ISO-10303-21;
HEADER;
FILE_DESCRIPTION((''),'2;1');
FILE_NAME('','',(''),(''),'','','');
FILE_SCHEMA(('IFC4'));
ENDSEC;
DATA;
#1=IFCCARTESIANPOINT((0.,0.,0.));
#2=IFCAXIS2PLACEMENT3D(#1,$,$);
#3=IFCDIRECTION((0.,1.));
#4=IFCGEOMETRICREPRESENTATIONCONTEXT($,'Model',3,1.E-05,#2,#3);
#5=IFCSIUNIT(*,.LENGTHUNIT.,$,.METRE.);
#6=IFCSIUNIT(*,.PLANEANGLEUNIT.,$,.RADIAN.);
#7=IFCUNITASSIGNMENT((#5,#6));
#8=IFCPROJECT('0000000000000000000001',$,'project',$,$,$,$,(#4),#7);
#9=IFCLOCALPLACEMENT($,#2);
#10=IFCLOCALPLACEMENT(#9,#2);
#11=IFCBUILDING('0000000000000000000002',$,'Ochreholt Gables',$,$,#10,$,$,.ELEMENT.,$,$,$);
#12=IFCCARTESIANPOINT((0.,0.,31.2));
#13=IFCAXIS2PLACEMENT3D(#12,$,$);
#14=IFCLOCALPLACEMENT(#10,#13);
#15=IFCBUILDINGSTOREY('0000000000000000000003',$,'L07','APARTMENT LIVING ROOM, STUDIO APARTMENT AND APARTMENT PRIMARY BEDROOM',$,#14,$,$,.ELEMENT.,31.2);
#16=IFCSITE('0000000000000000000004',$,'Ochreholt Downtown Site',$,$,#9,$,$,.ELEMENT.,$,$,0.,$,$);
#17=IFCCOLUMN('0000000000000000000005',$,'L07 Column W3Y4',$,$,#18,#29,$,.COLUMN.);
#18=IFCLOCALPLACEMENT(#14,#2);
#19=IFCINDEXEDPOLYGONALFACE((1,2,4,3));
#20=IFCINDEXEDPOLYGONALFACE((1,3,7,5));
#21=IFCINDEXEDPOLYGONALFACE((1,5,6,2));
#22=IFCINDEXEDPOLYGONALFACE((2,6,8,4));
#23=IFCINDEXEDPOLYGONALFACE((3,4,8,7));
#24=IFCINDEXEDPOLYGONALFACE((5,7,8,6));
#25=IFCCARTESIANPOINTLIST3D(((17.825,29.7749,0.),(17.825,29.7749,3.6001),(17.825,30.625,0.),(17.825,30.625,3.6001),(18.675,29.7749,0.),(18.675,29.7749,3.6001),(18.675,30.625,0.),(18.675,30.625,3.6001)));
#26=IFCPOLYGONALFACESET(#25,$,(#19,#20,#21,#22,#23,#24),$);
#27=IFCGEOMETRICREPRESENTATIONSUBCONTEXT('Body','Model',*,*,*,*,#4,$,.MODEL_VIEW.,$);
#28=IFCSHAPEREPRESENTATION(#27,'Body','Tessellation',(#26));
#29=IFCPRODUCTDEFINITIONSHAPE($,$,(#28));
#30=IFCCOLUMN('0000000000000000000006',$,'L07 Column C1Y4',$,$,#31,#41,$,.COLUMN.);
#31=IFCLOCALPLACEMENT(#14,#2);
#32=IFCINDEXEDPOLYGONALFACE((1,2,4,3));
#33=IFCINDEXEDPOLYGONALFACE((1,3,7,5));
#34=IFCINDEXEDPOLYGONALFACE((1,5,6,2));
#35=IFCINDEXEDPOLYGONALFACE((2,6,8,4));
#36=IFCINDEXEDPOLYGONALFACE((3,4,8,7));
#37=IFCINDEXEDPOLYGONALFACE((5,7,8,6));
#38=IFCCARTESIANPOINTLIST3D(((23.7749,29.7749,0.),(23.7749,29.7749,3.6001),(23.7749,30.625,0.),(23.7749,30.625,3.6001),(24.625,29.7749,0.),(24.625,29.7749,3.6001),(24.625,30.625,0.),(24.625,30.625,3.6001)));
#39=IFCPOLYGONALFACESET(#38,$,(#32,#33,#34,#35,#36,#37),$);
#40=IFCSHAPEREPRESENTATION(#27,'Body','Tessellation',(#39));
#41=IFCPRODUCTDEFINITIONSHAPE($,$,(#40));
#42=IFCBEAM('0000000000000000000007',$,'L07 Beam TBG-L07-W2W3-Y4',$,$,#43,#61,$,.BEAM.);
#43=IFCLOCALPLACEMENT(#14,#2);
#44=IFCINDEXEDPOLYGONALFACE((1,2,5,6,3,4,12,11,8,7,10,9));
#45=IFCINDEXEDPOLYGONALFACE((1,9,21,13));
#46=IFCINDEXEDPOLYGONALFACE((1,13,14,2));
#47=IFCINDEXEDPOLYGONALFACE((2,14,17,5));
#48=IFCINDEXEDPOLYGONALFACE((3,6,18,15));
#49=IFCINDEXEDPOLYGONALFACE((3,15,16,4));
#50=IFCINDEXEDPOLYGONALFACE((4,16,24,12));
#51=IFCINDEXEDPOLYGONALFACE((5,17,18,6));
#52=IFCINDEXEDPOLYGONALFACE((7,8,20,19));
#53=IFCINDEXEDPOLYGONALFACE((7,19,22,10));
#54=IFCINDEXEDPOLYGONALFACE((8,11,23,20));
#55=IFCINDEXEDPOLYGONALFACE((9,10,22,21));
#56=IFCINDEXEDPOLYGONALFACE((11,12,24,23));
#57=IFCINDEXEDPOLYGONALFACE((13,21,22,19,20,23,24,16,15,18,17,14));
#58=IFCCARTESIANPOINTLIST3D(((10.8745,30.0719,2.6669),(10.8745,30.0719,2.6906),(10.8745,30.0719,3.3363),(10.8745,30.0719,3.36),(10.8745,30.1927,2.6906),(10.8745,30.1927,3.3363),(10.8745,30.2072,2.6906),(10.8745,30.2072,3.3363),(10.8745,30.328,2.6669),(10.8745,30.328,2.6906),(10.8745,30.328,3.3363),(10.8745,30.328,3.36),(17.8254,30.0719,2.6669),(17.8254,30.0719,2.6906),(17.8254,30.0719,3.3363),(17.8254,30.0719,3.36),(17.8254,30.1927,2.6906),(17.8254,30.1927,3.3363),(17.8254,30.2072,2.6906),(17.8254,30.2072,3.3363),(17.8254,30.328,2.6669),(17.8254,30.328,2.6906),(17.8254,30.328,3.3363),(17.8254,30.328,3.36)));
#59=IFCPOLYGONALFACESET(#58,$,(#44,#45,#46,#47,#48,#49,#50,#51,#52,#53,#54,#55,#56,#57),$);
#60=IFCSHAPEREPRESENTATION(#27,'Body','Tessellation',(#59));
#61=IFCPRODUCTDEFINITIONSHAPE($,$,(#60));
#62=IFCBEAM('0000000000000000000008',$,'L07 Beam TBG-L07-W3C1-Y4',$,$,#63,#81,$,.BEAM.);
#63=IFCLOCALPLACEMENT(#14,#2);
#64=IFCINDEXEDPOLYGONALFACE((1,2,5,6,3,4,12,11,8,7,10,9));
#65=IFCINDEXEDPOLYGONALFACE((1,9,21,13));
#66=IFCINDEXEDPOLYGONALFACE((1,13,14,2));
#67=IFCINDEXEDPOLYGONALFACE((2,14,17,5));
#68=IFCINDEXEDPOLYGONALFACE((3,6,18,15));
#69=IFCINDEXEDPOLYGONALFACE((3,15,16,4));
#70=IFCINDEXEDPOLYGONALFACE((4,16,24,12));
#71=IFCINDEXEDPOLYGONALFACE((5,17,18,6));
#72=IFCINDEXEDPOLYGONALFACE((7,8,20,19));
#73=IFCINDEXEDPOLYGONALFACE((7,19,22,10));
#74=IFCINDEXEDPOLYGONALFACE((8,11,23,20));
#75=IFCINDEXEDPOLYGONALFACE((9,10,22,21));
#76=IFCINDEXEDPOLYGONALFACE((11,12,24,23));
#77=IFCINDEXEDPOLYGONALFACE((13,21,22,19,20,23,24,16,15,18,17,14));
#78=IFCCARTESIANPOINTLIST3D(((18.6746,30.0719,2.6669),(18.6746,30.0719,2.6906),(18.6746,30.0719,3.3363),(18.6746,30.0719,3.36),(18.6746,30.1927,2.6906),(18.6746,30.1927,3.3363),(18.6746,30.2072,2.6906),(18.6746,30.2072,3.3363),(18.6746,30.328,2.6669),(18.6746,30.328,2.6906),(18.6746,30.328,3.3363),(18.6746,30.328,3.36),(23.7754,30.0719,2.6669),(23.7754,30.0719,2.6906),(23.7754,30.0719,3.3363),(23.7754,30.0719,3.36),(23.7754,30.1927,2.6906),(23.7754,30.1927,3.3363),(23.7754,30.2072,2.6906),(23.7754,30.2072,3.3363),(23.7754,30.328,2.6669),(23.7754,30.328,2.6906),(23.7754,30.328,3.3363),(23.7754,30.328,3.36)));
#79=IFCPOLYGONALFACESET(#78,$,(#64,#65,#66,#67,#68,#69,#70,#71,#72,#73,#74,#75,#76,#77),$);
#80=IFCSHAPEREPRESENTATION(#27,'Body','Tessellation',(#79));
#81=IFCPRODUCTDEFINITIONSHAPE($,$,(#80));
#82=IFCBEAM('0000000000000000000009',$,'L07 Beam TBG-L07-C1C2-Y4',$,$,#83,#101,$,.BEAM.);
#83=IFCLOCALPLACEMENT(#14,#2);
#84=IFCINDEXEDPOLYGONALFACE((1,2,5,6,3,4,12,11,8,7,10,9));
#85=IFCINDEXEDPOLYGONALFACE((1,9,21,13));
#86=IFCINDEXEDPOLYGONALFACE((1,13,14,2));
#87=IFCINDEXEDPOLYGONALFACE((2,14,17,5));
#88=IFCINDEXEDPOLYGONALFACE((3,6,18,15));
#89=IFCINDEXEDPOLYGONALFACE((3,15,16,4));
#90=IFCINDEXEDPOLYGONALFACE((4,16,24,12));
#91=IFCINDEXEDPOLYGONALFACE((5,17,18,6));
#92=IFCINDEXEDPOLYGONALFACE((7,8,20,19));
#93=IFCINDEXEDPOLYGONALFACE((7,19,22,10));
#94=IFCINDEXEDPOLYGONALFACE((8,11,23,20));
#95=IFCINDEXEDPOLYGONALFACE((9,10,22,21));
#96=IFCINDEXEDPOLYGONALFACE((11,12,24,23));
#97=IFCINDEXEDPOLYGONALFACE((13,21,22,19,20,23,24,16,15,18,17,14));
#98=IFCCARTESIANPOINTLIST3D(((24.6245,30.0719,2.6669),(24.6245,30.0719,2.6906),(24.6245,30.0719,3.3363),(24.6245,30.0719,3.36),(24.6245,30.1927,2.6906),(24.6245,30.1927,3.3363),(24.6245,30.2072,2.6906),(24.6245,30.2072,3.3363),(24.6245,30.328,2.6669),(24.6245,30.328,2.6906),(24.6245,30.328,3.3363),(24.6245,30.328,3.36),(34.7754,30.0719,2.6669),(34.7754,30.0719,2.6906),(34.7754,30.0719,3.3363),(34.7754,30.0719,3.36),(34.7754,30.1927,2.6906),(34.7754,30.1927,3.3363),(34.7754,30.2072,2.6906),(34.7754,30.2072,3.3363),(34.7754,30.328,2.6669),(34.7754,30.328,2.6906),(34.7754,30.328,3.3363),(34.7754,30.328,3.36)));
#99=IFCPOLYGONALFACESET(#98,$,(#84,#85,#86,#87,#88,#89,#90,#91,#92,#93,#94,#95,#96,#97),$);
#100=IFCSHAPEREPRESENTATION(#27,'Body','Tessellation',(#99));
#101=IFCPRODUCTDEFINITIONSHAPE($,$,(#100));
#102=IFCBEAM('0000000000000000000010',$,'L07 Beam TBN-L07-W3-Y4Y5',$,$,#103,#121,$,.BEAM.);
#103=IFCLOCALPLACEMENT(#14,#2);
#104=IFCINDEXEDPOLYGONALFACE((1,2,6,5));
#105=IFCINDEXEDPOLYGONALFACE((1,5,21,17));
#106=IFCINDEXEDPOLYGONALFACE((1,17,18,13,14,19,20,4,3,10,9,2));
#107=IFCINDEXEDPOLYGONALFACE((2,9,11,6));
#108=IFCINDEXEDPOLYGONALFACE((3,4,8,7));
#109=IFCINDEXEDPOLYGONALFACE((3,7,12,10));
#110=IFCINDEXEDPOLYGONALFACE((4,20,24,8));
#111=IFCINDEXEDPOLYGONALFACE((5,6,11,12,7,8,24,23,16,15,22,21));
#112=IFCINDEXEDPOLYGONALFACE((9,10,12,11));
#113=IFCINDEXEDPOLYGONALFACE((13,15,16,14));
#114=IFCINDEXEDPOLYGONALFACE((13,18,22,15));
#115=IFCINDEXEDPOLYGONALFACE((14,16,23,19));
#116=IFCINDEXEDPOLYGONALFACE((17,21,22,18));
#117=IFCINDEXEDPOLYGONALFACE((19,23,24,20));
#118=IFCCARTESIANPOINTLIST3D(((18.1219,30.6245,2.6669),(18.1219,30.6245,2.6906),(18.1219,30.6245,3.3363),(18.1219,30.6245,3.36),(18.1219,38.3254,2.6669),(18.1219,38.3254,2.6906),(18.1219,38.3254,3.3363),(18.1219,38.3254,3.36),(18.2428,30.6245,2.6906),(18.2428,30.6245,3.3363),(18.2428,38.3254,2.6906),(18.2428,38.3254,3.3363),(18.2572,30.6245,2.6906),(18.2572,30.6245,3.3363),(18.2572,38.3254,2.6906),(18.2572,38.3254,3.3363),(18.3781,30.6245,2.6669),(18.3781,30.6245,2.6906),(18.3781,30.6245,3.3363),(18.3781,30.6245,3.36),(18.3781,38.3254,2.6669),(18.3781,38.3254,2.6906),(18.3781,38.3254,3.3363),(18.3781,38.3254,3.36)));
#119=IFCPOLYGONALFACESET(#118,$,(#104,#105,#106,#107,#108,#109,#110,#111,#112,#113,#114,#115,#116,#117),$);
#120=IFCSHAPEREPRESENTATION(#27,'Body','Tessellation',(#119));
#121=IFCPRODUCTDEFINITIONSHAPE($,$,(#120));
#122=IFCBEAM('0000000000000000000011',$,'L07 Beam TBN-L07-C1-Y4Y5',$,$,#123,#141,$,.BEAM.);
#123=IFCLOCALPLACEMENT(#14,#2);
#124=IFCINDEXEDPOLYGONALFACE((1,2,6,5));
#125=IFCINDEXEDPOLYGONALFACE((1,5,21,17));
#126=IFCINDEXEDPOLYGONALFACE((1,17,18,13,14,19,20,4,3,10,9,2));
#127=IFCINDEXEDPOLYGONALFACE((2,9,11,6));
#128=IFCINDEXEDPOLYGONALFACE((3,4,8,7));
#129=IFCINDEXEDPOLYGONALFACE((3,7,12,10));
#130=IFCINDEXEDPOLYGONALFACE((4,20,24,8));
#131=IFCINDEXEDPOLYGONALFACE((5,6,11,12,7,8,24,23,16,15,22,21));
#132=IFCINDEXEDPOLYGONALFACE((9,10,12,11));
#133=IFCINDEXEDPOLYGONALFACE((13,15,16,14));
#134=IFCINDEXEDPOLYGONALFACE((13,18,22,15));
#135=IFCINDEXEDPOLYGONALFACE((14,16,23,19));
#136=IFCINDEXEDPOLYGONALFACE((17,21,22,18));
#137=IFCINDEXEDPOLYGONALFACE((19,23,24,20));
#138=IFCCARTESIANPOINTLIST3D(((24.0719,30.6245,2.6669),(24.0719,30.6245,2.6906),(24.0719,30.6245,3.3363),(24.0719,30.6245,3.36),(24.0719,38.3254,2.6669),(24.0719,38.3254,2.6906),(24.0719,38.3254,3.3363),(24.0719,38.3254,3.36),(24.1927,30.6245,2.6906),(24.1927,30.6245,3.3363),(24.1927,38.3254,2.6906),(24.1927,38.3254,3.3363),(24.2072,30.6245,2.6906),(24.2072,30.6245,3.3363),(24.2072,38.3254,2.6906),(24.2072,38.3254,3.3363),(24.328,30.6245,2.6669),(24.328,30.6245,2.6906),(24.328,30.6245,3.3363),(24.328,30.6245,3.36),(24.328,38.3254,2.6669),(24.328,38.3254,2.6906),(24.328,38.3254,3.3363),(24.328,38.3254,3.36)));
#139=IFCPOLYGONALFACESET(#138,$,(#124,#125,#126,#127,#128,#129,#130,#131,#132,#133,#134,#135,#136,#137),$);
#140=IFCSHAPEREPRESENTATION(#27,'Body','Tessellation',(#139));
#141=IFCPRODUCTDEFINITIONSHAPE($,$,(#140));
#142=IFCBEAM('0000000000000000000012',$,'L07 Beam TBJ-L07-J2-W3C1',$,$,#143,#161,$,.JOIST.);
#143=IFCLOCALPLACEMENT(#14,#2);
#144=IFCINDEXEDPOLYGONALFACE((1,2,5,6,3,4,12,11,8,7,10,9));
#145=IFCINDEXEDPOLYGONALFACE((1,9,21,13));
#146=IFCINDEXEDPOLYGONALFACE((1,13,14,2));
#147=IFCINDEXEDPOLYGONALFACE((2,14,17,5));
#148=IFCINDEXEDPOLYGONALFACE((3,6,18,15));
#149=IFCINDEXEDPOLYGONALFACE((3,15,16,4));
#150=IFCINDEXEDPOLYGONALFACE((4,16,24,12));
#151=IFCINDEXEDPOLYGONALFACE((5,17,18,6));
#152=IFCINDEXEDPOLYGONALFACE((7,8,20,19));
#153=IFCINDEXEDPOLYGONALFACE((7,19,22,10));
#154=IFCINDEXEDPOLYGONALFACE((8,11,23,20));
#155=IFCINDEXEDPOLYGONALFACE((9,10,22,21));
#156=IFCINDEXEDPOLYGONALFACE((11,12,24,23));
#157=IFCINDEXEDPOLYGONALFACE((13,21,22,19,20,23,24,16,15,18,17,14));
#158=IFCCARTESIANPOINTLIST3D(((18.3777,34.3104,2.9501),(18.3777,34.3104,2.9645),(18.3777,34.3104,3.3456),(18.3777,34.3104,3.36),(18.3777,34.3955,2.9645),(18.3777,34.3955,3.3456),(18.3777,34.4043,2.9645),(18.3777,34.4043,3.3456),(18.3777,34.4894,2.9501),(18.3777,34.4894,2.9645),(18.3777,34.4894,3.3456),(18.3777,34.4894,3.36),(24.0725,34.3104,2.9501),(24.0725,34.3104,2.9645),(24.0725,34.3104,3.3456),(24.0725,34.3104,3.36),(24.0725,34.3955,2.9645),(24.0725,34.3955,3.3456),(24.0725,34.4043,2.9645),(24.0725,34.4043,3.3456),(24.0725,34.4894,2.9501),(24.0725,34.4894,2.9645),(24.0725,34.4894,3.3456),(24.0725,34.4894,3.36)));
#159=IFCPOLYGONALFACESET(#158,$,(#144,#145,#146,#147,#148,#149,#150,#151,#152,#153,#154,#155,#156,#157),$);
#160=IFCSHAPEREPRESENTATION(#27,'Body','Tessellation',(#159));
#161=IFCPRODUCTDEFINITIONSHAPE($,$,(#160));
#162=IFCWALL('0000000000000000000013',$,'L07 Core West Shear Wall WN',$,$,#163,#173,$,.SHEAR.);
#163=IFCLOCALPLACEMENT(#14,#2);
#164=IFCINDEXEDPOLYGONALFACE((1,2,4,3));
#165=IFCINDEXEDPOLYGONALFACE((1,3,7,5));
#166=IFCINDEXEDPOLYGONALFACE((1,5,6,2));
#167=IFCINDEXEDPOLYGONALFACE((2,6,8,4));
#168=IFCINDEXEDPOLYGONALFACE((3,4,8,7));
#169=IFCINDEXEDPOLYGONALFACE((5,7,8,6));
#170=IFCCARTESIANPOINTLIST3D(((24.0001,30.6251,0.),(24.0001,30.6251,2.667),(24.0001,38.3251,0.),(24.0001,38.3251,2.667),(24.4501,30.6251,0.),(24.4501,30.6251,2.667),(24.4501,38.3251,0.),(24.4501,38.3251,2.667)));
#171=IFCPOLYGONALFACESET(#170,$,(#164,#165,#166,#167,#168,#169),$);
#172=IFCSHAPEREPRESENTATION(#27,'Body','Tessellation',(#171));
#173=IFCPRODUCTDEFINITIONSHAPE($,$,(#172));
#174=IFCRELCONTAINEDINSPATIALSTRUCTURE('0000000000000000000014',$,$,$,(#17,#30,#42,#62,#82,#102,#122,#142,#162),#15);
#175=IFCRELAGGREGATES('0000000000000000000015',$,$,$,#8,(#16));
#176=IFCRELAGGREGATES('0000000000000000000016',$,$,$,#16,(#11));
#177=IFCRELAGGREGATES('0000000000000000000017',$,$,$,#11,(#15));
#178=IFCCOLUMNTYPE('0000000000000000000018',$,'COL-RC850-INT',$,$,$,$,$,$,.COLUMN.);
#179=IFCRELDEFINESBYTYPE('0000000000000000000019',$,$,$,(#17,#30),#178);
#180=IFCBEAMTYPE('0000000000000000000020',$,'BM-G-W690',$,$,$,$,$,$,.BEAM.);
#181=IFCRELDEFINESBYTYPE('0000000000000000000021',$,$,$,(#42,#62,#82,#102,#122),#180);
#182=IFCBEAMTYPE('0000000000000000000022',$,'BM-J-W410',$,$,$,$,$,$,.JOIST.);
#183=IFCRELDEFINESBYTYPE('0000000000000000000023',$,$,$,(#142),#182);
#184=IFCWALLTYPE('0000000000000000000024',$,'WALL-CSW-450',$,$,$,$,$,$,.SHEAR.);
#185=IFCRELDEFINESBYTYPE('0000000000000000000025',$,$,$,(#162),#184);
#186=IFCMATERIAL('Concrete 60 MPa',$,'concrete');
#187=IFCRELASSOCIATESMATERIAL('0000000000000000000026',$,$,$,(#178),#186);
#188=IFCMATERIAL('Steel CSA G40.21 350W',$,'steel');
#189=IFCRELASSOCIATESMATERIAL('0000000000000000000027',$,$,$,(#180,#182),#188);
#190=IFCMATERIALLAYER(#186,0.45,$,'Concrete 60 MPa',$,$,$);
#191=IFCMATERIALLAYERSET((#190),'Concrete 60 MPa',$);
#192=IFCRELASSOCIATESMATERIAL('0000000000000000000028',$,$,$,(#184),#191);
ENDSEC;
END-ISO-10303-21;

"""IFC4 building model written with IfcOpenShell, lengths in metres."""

from ifc_helpers import new_model, si_unit, direction, frame, frame_2d, origin, origin_2d, place, context, subcontext, project, spatial, rectangle, i_section, extrude, material, layer, layer_set, material_profile, profile_set, type_object, element, save


model = new_model("IFC4")

# Units and contexts
model_context = context("Model", 3, precision=1e-05, world=origin(), true_north=direction((0.0, 1.0)))
body_context = subcontext(model_context, "Body", "Model", "MODEL_VIEW")
ifc_project = project(units=[si_unit("LENGTHUNIT", "METRE"), si_unit("PLANEANGLEUNIT", "RADIAN")], contexts=[model_context])

# Site, building, storey
site_placement = place(None, origin())
site = spatial("IfcSite", under=ifc_project, at=site_placement, Name="Ochreholt Downtown Site", CompositionType="ELEMENT", RefElevation=0.0)
building_placement = place(site_placement, origin())
building = spatial("IfcBuilding", under=site, at=building_placement, Name="Ochreholt Gables", CompositionType="ELEMENT")
storey_placement = place(building_placement, frame((0.0, 0.0, 31.2)))
storey = spatial("IfcBuildingStorey", under=building, at=storey_placement, Name="L07", Description="APARTMENT LIVING ROOM, STUDIO APARTMENT AND APARTMENT PRIMARY BEDROOM", CompositionType="ELEMENT", Elevation=31.2)

# Columns
ifc_material_1 = material(Name="Concrete 60 MPa", Category="concrete")
ifc_material_profile_1 = material_profile(ifc_material_1, rectangle(XDim=0.8501, YDim=0.8501, at=origin_2d()), Name="RC850X850")
ifc_profile_set_1 = profile_set([ifc_material_profile_1], Name="Concrete 60 MPa")
column_type = type_object("IfcColumnType", Name="COL-RC850-INT", PredefinedType="COLUMN", material=ifc_profile_set_1)
for number, where, z_axis, x_axis, name in (
    (1, (18.25, 30.2, 0.0), (0.0, 0.0, 1.0), (1.0, 0.0, 0.0), "L07 Column W3Y4"),
    (2, (24.2, 30.2, 0.0), (0.0, 0.0, 1.0), (1.0, 0.0, 0.0), "L07 Column C1Y4"),
):
    element("IfcColumn", number, at=place(storey_placement, frame(where, z_axis=z_axis, x_axis=x_axis)), inside=storey, type_object=column_type, Name=name, PredefinedType="COLUMN", context=body_context, shape_type="SweptSolid", body=[
        extrude(rectangle(XDim=0.8501, YDim=0.8501, at=origin_2d()), origin(), (0.0, 0.0, 1.0), 3.6001),
    ])

# Beams
ifc_material_2 = material(Name="Steel CSA G40.21 350W", Category="steel")
ifc_material_profile_2 = material_profile(ifc_material_2, i_section(OverallWidth=0.2561, OverallDepth=0.6931, WebThickness=0.0144, FlangeThickness=0.0237, at=origin_2d()), Name="W690X170")
ifc_profile_set_2 = profile_set([ifc_material_profile_2], Name="Steel CSA G40.21 350W")
beam_type_1 = type_object("IfcBeamType", Name="BM-G-W690", PredefinedType="BEAM", material=ifc_profile_set_2)
beam_1_placement = place(storey_placement, frame((10.8745, 30.2, 3.0134), z_axis=(1.0, 0.0, 0.0), x_axis=(0.0, 1.0, 0.0)))
element("IfcBeam", 3, at=beam_1_placement, inside=storey, type_object=beam_type_1, Name="L07 Beam TBG-L07-W2W3-Y4", PredefinedType="BEAM", context=body_context, shape_type="SweptSolid", body=[
    extrude(i_section(OverallWidth=0.2561, OverallDepth=0.6931, WebThickness=0.0144, FlangeThickness=0.0237, at=origin_2d()), origin(), (0.0, 0.0, 1.0), 6.9509),
])
beam_2_placement = place(storey_placement, frame((18.6746, 30.2, 3.0134), z_axis=(1.0, 0.0, 0.0), x_axis=(0.0, 1.0, 0.0)))
element("IfcBeam", 4, at=beam_2_placement, inside=storey, type_object=beam_type_1, Name="L07 Beam TBG-L07-W3C1-Y4", PredefinedType="BEAM", context=body_context, shape_type="SweptSolid", body=[
    extrude(i_section(OverallWidth=0.2561, OverallDepth=0.6931, WebThickness=0.0144, FlangeThickness=0.0237, at=origin_2d()), origin(), (0.0, 0.0, 1.0), 5.1008),
])
beam_3_placement = place(storey_placement, frame((24.6245, 30.2, 3.0134), z_axis=(1.0, 0.0, 0.0), x_axis=(0.0, 1.0, 0.0)))
element("IfcBeam", 5, at=beam_3_placement, inside=storey, type_object=beam_type_1, Name="L07 Beam TBG-L07-C1C2-Y4", PredefinedType="BEAM", context=body_context, shape_type="SweptSolid", body=[
    extrude(i_section(OverallWidth=0.2561, OverallDepth=0.6931, WebThickness=0.0144, FlangeThickness=0.0237, at=origin_2d()), origin(), (0.0, 0.0, 1.0), 10.1509),
])
for number, where, z_axis, x_axis, name in (
    (6, (18.25, 30.6245, 3.0134), (0.0, 1.0, 0.0), (-1.0, 0.0, 0.0), "L07 Beam TBN-L07-W3-Y4Y5"),
    (7, (24.2, 30.6245, 3.0134), (0.0, 1.0, 0.0), (-1.0, 0.0, 0.0), "L07 Beam TBN-L07-C1-Y4Y5"),
):
    element("IfcBeam", number, at=place(storey_placement, frame(where, z_axis=z_axis, x_axis=x_axis)), inside=storey, type_object=beam_type_1, Name=name, PredefinedType="BEAM", context=body_context, shape_type="SweptSolid", body=[
        extrude(i_section(OverallWidth=0.2561, OverallDepth=0.6931, WebThickness=0.0144, FlangeThickness=0.0237, at=origin_2d()), origin(), (0.0, 0.0, 1.0), 7.7009),
    ])
ifc_material_profile_3 = material_profile(ifc_material_2, i_section(OverallWidth=0.179, OverallDepth=0.4099, WebThickness=0.0088, FlangeThickness=0.0144, at=origin_2d()), Name="W410X67")
ifc_profile_set_3 = profile_set([ifc_material_profile_3], Name="Steel CSA G40.21 350W")
beam_type_2 = type_object("IfcBeamType", Name="BM-J-W410", PredefinedType="JOIST", material=ifc_profile_set_3)
beam_4_placement = place(storey_placement, frame((18.3777, 34.3999, 3.155), z_axis=(1.0, 0.0, 0.0), x_axis=(0.0, 1.0, 0.0)))
element("IfcBeam", 8, at=beam_4_placement, inside=storey, type_object=beam_type_2, Name="L07 Beam TBJ-L07-J2-W3C1", PredefinedType="JOIST", context=body_context, shape_type="SweptSolid", body=[
    extrude(i_section(OverallWidth=0.179, OverallDepth=0.4099, WebThickness=0.0088, FlangeThickness=0.0144, at=origin_2d()), origin(), (0.0, 0.0, 1.0), 5.6948),
])

# Wall
ifc_layer_1 = layer(ifc_material_1, 0.45, Name="Concrete 60 MPa")
ifc_layer_set_1 = layer_set([ifc_layer_1], Name="Concrete 60 MPa")
wall_type_1 = type_object("IfcWallType", Name="WALL-CSW-450", PredefinedType="SHEAR", material=ifc_layer_set_1)
wall_1_placement = place(storey_placement, frame((24.2251, 30.625, 0.0), z_axis=(0.0, 0.0, 1.0), x_axis=(0.0, 1.0, 0.0)))
element("IfcWall", 9, at=wall_1_placement, inside=storey, type_object=wall_type_1, Name="L07 Core West Shear Wall WN", PredefinedType="SHEAR", context=body_context, shape_type="SweptSolid", body=[
    extrude(rectangle(XDim=7.7, YDim=0.45, at=frame_2d((3.8501, 0.0))), origin(), (0.0, 0.0, 1.0), 2.667),
])

save(model, "model.ifc")
